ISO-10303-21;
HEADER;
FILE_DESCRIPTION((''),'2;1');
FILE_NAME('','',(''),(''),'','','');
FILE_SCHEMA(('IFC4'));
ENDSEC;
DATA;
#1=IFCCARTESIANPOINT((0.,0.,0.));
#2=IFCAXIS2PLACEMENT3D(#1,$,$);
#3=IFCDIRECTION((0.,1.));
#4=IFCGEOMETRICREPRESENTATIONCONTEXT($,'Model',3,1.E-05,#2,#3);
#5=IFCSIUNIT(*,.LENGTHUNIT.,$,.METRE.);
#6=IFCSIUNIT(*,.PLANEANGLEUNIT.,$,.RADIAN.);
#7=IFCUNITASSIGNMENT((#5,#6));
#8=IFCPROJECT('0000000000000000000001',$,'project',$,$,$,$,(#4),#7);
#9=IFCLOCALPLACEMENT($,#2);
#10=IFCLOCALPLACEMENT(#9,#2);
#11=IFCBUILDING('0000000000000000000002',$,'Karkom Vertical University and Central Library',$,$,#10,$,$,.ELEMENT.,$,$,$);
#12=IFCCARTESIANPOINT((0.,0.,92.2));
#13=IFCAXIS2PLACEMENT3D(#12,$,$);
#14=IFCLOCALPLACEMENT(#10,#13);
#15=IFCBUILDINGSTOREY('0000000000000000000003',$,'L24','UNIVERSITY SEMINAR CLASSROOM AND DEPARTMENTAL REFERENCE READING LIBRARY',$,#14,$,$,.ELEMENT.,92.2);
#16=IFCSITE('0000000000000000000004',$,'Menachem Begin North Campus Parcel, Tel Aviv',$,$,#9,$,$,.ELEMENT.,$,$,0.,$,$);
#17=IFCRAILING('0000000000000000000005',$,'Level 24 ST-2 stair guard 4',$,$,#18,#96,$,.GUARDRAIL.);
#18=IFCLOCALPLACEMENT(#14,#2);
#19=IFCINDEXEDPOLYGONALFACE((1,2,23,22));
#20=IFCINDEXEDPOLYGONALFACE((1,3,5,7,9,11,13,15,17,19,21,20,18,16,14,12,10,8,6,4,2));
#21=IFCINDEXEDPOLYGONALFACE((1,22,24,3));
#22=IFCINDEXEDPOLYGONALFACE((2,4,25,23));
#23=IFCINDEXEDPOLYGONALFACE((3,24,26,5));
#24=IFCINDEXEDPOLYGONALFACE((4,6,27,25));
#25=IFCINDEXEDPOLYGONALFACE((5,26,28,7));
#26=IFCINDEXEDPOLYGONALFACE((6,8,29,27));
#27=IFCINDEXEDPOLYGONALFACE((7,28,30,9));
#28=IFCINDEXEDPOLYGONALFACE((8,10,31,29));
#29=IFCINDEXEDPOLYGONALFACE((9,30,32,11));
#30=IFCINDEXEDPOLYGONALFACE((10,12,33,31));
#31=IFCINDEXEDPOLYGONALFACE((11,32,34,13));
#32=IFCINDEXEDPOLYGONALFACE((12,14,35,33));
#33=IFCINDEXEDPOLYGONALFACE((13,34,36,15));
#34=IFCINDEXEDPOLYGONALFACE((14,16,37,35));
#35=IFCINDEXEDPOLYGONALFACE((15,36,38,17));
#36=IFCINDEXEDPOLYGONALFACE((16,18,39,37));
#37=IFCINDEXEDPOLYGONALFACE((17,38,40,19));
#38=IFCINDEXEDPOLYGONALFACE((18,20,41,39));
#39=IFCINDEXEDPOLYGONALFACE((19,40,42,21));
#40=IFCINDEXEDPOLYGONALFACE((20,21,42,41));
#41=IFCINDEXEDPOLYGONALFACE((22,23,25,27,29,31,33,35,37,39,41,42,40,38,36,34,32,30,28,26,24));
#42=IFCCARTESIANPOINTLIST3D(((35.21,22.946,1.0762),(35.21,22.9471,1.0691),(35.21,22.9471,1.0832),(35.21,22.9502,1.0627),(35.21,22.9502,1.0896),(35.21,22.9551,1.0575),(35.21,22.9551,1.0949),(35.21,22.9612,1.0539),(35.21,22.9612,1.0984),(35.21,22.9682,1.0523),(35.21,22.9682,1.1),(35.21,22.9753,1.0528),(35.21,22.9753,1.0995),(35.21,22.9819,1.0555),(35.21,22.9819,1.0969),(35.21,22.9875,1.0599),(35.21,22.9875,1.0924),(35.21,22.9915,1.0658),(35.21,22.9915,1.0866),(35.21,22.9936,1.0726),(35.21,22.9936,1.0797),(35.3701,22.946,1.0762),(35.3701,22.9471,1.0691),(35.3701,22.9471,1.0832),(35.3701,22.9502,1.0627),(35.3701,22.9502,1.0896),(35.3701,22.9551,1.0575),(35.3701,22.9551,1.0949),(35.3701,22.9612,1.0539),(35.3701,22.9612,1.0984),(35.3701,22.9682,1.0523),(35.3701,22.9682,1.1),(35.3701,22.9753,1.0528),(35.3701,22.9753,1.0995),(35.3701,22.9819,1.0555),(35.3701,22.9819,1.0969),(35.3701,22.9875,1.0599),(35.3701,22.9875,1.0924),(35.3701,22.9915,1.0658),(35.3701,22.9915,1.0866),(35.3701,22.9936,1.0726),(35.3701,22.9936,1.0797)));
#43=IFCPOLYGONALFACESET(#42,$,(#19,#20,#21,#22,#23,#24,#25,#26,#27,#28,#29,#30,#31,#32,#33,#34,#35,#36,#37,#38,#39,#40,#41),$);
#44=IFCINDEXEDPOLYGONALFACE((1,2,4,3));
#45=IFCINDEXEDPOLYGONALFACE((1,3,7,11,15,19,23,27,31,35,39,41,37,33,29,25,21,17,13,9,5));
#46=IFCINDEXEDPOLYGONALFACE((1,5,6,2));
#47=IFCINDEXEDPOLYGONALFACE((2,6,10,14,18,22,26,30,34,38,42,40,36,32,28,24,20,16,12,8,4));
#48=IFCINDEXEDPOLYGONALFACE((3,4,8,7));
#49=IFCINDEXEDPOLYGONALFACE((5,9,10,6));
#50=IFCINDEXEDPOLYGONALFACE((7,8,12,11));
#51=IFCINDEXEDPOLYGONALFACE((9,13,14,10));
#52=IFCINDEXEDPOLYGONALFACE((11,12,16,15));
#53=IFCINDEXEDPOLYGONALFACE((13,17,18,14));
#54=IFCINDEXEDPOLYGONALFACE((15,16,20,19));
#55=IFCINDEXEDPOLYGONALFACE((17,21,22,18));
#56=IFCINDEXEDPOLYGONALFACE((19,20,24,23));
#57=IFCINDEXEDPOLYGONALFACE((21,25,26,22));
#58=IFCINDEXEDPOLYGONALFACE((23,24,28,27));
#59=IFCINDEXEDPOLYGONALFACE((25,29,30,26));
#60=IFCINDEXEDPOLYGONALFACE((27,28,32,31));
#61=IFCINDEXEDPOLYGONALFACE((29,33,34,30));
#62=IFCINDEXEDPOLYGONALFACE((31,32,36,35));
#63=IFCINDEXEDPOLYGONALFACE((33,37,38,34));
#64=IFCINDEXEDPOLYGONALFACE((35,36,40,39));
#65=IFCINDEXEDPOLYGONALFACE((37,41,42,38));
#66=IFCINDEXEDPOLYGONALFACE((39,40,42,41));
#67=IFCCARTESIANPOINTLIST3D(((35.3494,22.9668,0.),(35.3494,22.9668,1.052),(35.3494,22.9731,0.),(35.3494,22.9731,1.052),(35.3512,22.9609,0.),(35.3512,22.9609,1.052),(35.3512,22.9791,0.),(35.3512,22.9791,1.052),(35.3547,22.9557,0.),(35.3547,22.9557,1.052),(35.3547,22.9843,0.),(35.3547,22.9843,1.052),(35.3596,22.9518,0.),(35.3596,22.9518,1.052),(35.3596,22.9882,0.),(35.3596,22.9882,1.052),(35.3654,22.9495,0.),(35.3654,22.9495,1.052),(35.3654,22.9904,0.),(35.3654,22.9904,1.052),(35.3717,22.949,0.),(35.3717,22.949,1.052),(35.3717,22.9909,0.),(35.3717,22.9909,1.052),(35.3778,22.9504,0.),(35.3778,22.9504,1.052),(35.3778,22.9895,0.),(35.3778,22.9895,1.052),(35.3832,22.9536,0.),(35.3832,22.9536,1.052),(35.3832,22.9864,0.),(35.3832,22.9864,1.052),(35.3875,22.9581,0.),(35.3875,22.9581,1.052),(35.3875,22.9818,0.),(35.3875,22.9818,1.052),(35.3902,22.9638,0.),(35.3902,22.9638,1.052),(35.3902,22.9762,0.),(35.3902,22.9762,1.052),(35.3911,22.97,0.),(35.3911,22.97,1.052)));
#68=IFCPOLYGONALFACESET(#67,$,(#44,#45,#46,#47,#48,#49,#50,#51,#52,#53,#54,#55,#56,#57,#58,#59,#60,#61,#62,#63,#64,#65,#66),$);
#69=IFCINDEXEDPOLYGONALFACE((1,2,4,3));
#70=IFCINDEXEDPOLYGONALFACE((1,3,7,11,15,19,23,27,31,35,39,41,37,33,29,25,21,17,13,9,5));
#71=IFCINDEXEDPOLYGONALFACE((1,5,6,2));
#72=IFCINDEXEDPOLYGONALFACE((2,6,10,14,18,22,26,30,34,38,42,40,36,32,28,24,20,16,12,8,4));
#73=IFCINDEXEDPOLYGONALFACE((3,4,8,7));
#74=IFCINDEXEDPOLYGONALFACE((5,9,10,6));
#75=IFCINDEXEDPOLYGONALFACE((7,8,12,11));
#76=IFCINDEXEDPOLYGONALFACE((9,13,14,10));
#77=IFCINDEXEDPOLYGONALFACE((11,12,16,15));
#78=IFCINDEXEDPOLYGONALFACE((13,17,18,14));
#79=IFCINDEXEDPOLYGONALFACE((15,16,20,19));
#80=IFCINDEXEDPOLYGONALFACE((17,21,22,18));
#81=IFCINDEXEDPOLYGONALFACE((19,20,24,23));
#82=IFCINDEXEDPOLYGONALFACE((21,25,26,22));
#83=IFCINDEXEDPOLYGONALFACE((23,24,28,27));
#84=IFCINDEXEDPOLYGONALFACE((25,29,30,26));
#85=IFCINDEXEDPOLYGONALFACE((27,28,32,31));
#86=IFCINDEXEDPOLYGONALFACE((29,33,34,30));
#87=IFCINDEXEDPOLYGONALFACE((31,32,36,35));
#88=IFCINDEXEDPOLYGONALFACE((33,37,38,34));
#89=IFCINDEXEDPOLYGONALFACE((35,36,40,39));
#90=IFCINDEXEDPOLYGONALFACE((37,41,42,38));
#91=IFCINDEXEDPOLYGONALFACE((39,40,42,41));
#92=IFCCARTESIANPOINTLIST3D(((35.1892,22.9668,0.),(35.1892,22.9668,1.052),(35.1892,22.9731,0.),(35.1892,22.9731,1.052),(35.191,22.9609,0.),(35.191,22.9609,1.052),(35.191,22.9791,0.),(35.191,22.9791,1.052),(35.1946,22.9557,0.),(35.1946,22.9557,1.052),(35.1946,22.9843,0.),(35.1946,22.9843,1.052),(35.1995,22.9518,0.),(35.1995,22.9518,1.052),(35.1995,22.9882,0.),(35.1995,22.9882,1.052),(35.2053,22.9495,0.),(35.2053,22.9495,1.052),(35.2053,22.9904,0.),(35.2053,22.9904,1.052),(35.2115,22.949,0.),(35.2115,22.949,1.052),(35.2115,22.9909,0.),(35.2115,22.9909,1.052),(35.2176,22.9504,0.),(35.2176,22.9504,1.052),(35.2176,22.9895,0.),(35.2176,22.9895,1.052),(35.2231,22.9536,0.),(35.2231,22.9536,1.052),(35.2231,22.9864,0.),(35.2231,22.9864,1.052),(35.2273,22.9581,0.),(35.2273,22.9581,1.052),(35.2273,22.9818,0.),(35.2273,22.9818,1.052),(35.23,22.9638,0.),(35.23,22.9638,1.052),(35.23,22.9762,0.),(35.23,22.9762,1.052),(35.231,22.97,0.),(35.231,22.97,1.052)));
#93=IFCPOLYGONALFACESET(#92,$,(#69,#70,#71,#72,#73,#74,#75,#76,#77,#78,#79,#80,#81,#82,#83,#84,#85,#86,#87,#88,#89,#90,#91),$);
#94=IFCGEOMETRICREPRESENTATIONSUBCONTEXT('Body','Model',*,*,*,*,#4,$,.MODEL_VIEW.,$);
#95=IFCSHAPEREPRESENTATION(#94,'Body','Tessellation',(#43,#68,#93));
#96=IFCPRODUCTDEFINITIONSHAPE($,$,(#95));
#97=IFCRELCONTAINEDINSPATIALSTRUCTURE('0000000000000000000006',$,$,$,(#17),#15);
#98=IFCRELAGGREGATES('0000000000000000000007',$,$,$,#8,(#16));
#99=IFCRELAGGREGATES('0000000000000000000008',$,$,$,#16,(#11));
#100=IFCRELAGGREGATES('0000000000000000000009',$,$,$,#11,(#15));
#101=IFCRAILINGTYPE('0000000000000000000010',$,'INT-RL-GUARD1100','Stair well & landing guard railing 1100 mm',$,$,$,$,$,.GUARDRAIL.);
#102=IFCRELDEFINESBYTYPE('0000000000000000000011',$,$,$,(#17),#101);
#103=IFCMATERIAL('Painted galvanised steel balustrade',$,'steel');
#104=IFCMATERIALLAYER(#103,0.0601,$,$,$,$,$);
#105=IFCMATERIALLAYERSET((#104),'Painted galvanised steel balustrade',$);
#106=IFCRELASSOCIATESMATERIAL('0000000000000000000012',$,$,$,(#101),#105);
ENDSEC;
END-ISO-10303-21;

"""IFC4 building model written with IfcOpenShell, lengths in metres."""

from ifc_helpers import new_model, si_unit, direction, frame, origin, origin_2d, place, context, subcontext, project, spatial, circle, extrude, material, layer, layer_set, type_object, element, save


model = new_model("IFC4")

# Units and contexts
model_context = context("Model", 3, precision=1e-05, world=origin(), true_north=direction((0.0, 1.0)))
body_context = subcontext(model_context, "Body", "Model", "MODEL_VIEW")
ifc_project = project(units=[si_unit("LENGTHUNIT", "METRE"), si_unit("PLANEANGLEUNIT", "RADIAN")], contexts=[model_context])

# Site, building, storey
site_placement = place(None, origin())
site = spatial("IfcSite", under=ifc_project, at=site_placement, Name="Menachem Begin North Campus Parcel, Tel Aviv", CompositionType="ELEMENT", RefElevation=0.0)
building_placement = place(site_placement, origin())
building = spatial("IfcBuilding", under=site, at=building_placement, Name="Karkom Vertical University and Central Library", CompositionType="ELEMENT")
storey_placement = place(building_placement, frame((0.0, 0.0, 92.2)))
storey = spatial("IfcBuildingStorey", under=building, at=storey_placement, Name="L24", Description="UNIVERSITY SEMINAR CLASSROOM AND DEPARTMENTAL REFERENCE READING LIBRARY", CompositionType="ELEMENT", Elevation=92.2)

# Railing
ifc_material_1 = material(Name="Painted galvanised steel balustrade", Category="steel")
ifc_layer_1 = layer(ifc_material_1, 0.0601)
ifc_layer_set_1 = layer_set([ifc_layer_1], Name="Painted galvanised steel balustrade")
railing_type_1 = type_object("IfcRailingType", Name="INT-RL-GUARD1100", Description="Stair well & landing guard railing 1100 mm", PredefinedType="GUARDRAIL", material=ifc_layer_set_1)
railing_1_placement = place(storey_placement, frame((35.3701, 22.97, 0.0)))
element("IfcRailing", 1, at=railing_1_placement, inside=storey, type_object=railing_type_1, Name="Level 24 ST-2 stair guard 4", PredefinedType="GUARDRAIL", context=body_context, shape_type="SweptSolid", body=[
    extrude(circle(Radius=0.0239, at=origin_2d()), frame((0.0, 0.0, 1.0762), z_axis=(-1.0, 0.0, 0.0), x_axis=(0.0, -1.0, 0.0)), (0.0, 0.0, 1.0), 0.1602),
    extrude(circle(Radius=0.021, at=origin_2d()), origin(), (0.0, 0.0, 1.0), 1.052),
    extrude(circle(Radius=0.021, at=origin_2d()), frame((-0.1602, 0.0, 0.0)), (0.0, 0.0, 1.0), 1.052),
])

save(model, "model.ifc")
